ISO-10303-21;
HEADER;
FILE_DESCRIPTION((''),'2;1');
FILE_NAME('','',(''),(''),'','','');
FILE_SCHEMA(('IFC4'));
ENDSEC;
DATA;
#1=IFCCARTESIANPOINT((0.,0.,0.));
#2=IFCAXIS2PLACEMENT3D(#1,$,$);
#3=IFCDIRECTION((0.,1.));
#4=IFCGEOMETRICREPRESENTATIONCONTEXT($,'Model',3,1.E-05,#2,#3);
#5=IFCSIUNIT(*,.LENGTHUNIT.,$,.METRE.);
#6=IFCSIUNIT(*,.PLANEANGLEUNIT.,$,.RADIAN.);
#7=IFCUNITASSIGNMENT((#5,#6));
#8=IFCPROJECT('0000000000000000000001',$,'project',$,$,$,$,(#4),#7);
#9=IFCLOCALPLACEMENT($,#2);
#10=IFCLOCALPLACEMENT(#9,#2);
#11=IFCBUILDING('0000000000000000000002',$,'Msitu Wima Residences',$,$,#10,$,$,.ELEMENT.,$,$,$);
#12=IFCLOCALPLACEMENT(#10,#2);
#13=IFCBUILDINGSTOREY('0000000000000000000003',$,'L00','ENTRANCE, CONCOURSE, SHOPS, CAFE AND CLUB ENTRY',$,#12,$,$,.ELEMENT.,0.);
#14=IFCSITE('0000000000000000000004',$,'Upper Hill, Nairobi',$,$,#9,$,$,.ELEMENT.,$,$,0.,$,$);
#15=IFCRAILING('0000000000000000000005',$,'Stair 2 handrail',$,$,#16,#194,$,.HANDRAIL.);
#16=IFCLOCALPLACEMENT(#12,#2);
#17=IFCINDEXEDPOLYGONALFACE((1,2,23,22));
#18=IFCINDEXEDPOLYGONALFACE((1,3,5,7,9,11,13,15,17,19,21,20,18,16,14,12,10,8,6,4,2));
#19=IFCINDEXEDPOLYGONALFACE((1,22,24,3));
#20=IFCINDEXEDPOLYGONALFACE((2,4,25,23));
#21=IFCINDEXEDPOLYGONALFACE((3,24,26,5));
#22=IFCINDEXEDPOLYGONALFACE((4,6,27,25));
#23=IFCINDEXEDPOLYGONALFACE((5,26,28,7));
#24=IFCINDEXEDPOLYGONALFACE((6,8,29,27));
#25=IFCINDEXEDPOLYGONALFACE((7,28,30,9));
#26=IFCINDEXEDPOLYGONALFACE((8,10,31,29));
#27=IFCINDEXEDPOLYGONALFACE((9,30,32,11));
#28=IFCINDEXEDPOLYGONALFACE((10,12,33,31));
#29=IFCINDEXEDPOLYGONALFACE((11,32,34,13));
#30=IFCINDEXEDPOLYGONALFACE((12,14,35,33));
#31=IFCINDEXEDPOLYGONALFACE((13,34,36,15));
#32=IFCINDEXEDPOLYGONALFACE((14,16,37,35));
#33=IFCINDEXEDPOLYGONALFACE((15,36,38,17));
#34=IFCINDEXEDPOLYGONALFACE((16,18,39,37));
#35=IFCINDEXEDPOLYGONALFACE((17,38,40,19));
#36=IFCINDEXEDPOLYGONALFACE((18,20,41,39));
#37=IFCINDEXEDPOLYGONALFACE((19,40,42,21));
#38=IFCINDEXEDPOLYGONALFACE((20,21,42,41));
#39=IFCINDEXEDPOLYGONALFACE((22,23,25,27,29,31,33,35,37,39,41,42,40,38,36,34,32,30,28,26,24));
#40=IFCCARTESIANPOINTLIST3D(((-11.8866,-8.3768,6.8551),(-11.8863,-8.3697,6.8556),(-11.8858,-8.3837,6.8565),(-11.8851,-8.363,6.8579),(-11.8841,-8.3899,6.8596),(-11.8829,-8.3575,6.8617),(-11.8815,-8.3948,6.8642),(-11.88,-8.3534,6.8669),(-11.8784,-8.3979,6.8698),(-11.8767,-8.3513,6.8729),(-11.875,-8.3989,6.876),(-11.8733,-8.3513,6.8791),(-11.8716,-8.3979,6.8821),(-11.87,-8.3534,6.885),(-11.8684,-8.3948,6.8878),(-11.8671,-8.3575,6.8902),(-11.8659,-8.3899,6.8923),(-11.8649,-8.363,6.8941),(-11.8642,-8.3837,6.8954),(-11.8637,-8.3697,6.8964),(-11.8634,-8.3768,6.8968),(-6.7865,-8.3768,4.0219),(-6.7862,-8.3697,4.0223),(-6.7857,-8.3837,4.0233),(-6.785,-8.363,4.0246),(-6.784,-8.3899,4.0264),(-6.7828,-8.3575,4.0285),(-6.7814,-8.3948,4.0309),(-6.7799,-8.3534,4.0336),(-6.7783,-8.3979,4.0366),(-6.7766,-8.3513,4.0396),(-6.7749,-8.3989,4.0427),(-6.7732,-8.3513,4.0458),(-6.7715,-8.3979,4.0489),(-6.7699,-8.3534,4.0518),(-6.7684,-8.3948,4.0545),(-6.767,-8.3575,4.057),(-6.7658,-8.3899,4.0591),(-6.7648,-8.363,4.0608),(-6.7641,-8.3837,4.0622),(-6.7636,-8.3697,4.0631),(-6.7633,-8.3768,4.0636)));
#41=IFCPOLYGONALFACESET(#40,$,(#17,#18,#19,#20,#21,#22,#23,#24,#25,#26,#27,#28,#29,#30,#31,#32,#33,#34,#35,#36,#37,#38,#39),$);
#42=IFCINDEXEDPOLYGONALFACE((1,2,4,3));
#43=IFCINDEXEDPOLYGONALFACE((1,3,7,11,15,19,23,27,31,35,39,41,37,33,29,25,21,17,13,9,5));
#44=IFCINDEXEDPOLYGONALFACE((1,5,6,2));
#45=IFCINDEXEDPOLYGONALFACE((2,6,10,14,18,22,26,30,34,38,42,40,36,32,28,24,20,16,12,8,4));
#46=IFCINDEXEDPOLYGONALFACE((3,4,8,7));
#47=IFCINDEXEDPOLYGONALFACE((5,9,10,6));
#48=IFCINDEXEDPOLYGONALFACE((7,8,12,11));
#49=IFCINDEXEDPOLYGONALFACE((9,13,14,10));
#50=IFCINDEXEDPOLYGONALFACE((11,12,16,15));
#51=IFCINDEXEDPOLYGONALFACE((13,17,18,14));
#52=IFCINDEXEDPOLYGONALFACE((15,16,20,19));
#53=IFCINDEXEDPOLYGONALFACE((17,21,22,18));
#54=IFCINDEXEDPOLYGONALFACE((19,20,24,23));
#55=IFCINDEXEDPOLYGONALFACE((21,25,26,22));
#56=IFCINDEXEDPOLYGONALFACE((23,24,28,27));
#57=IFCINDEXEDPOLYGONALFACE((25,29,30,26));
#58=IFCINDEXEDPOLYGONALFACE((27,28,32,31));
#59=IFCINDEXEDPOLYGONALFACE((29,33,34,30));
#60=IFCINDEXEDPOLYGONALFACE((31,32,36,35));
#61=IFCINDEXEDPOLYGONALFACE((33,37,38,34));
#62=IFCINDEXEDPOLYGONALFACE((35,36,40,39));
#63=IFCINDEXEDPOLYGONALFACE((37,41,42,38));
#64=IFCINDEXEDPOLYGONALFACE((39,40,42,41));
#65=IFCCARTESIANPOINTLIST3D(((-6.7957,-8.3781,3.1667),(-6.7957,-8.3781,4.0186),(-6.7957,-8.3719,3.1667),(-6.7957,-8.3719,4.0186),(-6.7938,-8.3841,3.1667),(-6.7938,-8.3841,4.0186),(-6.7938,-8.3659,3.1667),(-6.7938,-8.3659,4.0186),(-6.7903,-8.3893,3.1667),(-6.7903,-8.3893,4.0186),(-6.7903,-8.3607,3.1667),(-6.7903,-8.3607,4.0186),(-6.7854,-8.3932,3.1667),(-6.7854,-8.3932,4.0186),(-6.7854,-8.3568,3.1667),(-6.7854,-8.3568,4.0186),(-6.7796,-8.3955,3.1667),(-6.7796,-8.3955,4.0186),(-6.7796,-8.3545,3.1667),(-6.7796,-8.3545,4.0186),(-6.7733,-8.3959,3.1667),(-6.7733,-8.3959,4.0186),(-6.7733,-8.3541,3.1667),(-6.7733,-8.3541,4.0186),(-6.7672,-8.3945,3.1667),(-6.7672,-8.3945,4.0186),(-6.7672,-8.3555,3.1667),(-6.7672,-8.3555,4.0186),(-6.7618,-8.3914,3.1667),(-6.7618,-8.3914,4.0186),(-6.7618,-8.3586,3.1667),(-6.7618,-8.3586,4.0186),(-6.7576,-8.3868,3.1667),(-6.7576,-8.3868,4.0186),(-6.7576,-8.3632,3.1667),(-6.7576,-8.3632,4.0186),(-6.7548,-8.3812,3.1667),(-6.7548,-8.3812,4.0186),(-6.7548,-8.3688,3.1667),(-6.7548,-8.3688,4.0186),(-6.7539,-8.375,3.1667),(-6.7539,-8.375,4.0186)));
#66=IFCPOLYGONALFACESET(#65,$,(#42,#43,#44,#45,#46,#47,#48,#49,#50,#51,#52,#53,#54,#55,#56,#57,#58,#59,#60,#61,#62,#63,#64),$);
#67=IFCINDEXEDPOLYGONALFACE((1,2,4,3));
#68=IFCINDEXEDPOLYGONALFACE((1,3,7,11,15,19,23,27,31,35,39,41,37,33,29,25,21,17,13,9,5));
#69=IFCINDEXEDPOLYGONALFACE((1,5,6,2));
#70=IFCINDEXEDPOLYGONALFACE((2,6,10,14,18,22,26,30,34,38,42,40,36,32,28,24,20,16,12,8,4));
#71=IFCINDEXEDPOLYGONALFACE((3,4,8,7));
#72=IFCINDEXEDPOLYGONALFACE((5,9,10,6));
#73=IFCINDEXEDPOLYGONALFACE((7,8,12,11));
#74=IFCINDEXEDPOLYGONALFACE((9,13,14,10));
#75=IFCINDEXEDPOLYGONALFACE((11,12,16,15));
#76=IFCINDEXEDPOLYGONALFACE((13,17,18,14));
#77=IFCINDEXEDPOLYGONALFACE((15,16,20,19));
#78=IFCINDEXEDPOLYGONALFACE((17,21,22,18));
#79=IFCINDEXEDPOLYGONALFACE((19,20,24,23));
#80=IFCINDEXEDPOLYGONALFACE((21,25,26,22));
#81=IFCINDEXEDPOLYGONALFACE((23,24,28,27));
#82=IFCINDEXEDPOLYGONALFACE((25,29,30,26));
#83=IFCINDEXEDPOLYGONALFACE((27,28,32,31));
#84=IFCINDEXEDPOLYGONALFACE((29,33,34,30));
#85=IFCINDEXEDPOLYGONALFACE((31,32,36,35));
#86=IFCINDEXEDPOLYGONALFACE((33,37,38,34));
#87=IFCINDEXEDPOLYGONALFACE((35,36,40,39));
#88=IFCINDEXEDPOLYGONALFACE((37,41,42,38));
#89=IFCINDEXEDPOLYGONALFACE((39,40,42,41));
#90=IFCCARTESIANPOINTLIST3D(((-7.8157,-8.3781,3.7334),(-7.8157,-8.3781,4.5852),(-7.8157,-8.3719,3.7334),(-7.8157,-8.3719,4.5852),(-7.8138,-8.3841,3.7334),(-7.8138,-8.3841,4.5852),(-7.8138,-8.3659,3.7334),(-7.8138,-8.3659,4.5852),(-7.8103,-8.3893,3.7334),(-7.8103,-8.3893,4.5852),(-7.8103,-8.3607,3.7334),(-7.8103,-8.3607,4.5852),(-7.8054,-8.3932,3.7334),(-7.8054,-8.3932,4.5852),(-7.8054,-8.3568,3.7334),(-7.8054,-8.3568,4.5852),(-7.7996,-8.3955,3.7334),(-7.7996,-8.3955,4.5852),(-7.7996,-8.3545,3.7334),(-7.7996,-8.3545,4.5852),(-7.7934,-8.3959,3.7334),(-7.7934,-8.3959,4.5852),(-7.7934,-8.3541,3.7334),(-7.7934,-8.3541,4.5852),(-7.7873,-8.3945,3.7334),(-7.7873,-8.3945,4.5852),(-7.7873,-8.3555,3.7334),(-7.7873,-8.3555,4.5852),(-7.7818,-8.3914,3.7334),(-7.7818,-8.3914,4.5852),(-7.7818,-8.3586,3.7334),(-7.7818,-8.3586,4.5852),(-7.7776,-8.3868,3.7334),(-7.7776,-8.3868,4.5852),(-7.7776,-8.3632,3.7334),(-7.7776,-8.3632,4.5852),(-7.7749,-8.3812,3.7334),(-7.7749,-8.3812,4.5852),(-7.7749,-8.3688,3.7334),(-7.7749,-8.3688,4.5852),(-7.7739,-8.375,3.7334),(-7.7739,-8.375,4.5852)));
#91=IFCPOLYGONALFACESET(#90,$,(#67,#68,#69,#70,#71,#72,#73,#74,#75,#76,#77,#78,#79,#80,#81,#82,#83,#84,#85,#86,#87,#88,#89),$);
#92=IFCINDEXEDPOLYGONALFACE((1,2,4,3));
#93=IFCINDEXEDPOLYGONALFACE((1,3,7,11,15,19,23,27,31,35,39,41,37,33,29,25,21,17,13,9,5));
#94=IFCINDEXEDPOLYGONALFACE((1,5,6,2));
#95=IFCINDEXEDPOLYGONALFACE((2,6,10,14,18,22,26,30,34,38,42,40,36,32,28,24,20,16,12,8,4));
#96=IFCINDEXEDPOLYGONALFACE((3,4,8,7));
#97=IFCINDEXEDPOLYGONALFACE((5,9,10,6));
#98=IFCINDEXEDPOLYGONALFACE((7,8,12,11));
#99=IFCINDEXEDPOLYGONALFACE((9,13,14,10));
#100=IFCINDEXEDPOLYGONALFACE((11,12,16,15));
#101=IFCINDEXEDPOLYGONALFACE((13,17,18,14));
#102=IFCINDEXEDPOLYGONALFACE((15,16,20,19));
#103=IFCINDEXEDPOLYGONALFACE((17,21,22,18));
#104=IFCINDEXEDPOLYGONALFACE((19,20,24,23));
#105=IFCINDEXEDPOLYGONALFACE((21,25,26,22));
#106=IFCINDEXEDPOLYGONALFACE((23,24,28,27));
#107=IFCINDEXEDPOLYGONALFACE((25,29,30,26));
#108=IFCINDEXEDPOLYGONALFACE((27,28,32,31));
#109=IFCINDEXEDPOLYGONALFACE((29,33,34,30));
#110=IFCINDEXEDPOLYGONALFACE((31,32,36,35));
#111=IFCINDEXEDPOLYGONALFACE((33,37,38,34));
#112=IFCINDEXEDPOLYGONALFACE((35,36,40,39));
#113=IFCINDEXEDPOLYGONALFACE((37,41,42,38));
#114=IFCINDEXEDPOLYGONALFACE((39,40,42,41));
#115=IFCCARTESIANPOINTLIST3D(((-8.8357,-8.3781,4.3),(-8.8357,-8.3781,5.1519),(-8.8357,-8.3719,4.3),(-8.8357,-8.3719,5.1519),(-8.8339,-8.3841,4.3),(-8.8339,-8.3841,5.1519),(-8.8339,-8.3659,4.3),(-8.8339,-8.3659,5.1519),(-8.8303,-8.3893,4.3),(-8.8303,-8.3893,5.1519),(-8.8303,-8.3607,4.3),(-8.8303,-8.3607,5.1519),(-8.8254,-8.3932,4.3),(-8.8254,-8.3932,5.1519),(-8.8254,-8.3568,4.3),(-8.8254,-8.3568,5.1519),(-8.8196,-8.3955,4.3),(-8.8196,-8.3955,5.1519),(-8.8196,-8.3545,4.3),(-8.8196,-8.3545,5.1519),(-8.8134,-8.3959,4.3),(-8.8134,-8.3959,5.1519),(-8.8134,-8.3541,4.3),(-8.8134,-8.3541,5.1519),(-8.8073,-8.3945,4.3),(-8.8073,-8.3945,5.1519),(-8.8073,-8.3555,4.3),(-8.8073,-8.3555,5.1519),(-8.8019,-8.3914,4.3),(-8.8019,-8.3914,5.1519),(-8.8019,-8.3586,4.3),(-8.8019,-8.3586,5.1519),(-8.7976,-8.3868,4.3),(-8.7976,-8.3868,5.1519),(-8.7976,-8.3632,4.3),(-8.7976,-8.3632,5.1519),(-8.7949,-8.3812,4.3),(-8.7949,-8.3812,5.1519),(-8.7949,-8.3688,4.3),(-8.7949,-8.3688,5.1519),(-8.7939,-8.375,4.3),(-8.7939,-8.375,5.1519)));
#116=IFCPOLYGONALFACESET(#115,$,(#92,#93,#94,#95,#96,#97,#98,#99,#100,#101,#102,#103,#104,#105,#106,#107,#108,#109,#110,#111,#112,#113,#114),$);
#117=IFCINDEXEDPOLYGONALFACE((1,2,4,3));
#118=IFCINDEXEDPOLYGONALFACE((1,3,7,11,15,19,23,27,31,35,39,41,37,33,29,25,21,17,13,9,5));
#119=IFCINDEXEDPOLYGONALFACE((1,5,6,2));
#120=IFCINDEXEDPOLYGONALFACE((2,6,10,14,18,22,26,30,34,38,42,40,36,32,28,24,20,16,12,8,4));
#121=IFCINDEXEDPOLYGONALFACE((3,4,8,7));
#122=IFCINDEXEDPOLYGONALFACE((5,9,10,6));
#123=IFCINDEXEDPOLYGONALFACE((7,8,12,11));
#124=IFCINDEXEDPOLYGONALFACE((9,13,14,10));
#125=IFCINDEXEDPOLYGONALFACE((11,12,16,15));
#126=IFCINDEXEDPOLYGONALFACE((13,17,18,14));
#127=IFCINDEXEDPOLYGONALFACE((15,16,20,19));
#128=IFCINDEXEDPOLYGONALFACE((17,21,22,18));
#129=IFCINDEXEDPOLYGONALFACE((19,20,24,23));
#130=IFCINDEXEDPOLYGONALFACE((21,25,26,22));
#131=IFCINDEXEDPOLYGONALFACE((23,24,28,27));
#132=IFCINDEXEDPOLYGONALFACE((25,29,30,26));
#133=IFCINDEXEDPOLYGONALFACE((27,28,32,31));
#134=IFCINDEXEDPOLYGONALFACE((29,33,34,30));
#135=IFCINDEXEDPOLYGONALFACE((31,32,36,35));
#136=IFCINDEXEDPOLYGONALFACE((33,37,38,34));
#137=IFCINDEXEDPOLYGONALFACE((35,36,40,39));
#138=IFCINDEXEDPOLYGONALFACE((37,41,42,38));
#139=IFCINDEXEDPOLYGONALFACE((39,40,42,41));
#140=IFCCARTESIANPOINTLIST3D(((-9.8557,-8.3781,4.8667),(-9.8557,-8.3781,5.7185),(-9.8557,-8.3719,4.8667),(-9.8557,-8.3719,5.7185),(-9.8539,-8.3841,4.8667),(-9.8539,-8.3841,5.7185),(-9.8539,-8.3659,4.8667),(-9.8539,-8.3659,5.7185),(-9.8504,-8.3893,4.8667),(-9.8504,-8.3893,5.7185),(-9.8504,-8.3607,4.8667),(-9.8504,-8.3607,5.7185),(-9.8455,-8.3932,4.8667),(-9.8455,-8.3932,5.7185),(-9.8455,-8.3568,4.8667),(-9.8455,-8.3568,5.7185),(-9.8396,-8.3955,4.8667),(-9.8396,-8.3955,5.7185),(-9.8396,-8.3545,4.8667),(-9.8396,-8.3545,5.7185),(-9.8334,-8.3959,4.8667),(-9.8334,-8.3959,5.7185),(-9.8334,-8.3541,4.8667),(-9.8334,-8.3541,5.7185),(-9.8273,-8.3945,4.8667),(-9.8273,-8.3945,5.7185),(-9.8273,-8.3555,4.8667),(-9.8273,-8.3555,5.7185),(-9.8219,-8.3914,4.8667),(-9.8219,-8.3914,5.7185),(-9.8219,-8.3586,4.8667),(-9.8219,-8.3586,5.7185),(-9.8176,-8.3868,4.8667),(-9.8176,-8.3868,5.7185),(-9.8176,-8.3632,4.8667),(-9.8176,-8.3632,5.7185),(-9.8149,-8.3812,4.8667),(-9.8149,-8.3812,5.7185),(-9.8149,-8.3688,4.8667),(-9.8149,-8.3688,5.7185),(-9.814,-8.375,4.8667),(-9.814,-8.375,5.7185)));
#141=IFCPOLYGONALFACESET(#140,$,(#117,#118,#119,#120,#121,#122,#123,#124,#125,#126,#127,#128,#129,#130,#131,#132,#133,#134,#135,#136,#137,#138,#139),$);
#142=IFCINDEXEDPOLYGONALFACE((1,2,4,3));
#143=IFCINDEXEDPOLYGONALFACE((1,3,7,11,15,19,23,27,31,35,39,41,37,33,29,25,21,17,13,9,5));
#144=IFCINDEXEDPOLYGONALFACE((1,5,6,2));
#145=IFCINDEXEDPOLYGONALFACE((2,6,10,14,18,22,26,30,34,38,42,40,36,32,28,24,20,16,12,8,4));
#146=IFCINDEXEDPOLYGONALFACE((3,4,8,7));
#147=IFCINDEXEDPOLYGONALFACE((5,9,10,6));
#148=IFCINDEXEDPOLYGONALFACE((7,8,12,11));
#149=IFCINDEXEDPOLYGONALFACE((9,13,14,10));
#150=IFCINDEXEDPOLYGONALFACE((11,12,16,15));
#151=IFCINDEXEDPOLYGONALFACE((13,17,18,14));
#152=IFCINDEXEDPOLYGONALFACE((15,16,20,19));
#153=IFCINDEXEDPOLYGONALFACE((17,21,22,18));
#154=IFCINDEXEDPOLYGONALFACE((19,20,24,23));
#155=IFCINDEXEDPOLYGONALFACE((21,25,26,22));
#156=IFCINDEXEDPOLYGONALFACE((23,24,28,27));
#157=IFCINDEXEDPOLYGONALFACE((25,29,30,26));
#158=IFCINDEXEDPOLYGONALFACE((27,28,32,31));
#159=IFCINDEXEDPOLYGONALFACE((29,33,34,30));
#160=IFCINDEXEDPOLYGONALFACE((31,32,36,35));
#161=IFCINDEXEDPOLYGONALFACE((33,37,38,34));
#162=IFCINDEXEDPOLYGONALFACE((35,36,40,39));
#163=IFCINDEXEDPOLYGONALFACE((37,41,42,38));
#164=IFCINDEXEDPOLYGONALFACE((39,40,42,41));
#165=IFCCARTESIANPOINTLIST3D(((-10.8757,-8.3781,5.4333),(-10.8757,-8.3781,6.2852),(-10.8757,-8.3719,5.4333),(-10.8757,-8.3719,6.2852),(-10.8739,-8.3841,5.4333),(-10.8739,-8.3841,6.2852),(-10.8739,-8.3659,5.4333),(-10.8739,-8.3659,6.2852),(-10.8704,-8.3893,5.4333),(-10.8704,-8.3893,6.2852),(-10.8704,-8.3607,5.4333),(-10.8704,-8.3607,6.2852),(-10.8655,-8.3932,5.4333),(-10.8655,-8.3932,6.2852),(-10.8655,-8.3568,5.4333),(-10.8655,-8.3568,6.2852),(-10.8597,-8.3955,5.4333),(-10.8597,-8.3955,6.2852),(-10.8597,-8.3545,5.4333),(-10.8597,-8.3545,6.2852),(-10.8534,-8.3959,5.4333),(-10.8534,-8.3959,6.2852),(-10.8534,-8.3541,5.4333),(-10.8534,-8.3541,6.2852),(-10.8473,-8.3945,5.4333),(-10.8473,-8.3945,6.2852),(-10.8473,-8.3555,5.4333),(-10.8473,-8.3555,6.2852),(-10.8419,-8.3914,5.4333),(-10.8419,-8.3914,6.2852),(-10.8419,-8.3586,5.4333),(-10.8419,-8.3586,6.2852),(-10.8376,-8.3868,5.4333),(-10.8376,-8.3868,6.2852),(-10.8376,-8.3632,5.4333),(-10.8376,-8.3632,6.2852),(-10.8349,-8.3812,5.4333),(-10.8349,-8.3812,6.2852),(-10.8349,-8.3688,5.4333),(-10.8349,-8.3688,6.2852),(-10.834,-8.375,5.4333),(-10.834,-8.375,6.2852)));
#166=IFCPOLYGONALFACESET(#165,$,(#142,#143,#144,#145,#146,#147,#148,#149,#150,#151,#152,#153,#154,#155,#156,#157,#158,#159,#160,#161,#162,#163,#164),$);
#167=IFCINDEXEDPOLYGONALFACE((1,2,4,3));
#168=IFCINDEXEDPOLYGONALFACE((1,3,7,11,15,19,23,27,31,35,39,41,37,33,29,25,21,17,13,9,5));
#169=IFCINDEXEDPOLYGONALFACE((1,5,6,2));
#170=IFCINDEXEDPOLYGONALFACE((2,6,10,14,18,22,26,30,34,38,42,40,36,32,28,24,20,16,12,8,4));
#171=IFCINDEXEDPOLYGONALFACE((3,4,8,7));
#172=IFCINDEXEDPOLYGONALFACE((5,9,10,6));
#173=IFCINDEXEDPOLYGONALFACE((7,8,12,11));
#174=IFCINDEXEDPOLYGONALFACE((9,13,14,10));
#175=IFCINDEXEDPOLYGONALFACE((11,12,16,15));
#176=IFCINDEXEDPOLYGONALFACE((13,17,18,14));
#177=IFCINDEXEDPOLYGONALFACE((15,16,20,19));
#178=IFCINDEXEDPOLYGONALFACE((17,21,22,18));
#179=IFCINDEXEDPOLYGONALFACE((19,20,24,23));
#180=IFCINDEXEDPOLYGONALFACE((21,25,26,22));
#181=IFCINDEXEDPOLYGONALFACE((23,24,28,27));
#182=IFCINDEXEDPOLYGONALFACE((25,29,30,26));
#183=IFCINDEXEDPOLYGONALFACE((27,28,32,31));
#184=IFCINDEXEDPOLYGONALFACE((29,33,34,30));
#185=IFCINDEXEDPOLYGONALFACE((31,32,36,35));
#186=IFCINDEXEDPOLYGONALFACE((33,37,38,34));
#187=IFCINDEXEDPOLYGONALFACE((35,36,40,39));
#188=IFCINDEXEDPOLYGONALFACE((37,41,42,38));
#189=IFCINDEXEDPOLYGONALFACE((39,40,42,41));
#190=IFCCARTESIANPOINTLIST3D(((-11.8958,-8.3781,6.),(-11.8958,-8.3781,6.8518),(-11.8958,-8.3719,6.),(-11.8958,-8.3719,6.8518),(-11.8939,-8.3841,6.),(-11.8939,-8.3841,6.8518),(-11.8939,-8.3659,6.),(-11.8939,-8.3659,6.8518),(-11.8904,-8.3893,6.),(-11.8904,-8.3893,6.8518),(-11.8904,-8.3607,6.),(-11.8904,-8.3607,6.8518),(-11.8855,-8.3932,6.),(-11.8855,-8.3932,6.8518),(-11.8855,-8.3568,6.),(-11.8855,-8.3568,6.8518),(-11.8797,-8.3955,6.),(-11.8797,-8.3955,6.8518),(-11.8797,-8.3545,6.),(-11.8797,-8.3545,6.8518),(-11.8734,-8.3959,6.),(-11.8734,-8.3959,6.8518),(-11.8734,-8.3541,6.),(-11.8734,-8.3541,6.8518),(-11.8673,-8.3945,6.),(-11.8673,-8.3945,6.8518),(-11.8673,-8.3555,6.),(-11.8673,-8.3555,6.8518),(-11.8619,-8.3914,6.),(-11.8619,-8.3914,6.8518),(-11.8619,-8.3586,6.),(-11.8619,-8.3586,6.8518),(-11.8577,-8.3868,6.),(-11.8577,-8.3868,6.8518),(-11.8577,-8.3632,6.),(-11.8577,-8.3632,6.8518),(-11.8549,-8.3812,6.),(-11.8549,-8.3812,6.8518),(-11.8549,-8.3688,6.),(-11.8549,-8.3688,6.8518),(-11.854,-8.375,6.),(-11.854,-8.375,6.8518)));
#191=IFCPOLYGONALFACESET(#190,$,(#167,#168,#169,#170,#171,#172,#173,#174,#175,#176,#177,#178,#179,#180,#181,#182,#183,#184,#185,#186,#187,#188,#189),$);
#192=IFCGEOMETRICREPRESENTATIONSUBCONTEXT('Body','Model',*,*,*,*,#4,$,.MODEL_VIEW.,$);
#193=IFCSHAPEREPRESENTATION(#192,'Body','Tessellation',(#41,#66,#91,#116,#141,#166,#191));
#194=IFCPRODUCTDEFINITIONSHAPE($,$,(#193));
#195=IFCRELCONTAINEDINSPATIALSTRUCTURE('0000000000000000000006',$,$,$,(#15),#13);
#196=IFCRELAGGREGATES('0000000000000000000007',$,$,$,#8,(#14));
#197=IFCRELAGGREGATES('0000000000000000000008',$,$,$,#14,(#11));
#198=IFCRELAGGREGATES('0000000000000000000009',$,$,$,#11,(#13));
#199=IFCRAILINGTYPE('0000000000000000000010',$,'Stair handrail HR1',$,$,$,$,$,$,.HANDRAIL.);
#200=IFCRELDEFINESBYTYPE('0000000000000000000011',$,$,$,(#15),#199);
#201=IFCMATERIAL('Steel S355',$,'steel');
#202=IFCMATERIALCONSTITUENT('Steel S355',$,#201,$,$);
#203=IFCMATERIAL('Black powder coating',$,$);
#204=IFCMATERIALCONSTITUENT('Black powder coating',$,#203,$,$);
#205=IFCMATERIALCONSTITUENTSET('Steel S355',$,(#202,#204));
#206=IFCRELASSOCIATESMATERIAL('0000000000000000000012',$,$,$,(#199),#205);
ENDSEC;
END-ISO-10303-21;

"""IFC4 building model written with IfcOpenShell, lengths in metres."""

from ifc_helpers import new_model, si_unit, direction, frame, origin, origin_2d, place, context, subcontext, project, spatial, circle, extrude, material, constituent, constituent_set, type_object, element, save


model = new_model("IFC4")

# Units and contexts
model_context = context("Model", 3, precision=1e-05, world=origin(), true_north=direction((0.0, 1.0)))
body_context = subcontext(model_context, "Body", "Model", "MODEL_VIEW")
ifc_project = project(units=[si_unit("LENGTHUNIT", "METRE"), si_unit("PLANEANGLEUNIT", "RADIAN")], contexts=[model_context])

# Site, building, storey
site_placement = place(None, origin())
site = spatial("IfcSite", under=ifc_project, at=site_placement, Name="Upper Hill, Nairobi", CompositionType="ELEMENT", RefElevation=0.0)
building_placement = place(site_placement, origin())
building = spatial("IfcBuilding", under=site, at=building_placement, Name="Msitu Wima Residences", CompositionType="ELEMENT")
storey_placement = place(building_placement, origin())
storey = spatial("IfcBuildingStorey", under=building, at=storey_placement, Name="L00", Description="ENTRANCE, CONCOURSE, SHOPS, CAFE AND CLUB ENTRY", CompositionType="ELEMENT", Elevation=0.0)

# Railing
ifc_material_1 = material(Name="Steel S355", Category="steel")
ifc_constituent_1 = constituent(ifc_material_1, Name="Steel S355")
ifc_material_2 = material(Name="Black powder coating")
ifc_constituent_2 = constituent(ifc_material_2, Name="Black powder coating")
ifc_constituent_set = constituent_set(constituents=[ifc_constituent_1, ifc_constituent_2], Name="Steel S355")
railing_type = type_object("IfcRailingType", Name="Stair handrail HR1", PredefinedType="HANDRAIL", material=ifc_constituent_set)
for number, where, name in (
    (1, (-6.7749, -8.375, 3.1667), "Stair 2 handrail"),
):
    element("IfcRailing", number, at=place(storey_placement, frame(where)), inside=storey, type_object=railing_type, Name=name, PredefinedType="HANDRAIL", context=body_context, shape_type="SweptSolid", body=[
        extrude(circle(Radius=0.0239, at=origin_2d()), frame((0.0, 0.0, 0.876), z_axis=(-0.874167, 0.0, 0.485625), x_axis=(0.0, -1.0, 0.0)), (0.0, 0.0, 1.0), 5.8342),
        extrude(circle(Radius=0.021, at=origin_2d()), origin(), (0.0, 0.0, 1.0), 0.8518),
        extrude(circle(Radius=0.021, at=origin_2d()), frame((-1.02, 0.0, 0.5667)), (0.0, 0.0, 1.0), 0.8518),
        extrude(circle(Radius=0.021, at=origin_2d()), frame((-2.04, 0.0, 1.1333)), (0.0, 0.0, 1.0), 0.8518),
        extrude(circle(Radius=0.021, at=origin_2d()), frame((-3.0601, 0.0, 1.7)), (0.0, 0.0, 1.0), 0.8518),
        extrude(circle(Radius=0.021, at=origin_2d()), frame((-4.0801, 0.0, 2.2666)), (0.0, 0.0, 1.0), 0.8518),
        extrude(circle(Radius=0.021, at=origin_2d()), frame((-5.1001, 0.0, 2.8333)), (0.0, 0.0, 1.0), 0.8518),
    ])

save(model, "model.ifc")
